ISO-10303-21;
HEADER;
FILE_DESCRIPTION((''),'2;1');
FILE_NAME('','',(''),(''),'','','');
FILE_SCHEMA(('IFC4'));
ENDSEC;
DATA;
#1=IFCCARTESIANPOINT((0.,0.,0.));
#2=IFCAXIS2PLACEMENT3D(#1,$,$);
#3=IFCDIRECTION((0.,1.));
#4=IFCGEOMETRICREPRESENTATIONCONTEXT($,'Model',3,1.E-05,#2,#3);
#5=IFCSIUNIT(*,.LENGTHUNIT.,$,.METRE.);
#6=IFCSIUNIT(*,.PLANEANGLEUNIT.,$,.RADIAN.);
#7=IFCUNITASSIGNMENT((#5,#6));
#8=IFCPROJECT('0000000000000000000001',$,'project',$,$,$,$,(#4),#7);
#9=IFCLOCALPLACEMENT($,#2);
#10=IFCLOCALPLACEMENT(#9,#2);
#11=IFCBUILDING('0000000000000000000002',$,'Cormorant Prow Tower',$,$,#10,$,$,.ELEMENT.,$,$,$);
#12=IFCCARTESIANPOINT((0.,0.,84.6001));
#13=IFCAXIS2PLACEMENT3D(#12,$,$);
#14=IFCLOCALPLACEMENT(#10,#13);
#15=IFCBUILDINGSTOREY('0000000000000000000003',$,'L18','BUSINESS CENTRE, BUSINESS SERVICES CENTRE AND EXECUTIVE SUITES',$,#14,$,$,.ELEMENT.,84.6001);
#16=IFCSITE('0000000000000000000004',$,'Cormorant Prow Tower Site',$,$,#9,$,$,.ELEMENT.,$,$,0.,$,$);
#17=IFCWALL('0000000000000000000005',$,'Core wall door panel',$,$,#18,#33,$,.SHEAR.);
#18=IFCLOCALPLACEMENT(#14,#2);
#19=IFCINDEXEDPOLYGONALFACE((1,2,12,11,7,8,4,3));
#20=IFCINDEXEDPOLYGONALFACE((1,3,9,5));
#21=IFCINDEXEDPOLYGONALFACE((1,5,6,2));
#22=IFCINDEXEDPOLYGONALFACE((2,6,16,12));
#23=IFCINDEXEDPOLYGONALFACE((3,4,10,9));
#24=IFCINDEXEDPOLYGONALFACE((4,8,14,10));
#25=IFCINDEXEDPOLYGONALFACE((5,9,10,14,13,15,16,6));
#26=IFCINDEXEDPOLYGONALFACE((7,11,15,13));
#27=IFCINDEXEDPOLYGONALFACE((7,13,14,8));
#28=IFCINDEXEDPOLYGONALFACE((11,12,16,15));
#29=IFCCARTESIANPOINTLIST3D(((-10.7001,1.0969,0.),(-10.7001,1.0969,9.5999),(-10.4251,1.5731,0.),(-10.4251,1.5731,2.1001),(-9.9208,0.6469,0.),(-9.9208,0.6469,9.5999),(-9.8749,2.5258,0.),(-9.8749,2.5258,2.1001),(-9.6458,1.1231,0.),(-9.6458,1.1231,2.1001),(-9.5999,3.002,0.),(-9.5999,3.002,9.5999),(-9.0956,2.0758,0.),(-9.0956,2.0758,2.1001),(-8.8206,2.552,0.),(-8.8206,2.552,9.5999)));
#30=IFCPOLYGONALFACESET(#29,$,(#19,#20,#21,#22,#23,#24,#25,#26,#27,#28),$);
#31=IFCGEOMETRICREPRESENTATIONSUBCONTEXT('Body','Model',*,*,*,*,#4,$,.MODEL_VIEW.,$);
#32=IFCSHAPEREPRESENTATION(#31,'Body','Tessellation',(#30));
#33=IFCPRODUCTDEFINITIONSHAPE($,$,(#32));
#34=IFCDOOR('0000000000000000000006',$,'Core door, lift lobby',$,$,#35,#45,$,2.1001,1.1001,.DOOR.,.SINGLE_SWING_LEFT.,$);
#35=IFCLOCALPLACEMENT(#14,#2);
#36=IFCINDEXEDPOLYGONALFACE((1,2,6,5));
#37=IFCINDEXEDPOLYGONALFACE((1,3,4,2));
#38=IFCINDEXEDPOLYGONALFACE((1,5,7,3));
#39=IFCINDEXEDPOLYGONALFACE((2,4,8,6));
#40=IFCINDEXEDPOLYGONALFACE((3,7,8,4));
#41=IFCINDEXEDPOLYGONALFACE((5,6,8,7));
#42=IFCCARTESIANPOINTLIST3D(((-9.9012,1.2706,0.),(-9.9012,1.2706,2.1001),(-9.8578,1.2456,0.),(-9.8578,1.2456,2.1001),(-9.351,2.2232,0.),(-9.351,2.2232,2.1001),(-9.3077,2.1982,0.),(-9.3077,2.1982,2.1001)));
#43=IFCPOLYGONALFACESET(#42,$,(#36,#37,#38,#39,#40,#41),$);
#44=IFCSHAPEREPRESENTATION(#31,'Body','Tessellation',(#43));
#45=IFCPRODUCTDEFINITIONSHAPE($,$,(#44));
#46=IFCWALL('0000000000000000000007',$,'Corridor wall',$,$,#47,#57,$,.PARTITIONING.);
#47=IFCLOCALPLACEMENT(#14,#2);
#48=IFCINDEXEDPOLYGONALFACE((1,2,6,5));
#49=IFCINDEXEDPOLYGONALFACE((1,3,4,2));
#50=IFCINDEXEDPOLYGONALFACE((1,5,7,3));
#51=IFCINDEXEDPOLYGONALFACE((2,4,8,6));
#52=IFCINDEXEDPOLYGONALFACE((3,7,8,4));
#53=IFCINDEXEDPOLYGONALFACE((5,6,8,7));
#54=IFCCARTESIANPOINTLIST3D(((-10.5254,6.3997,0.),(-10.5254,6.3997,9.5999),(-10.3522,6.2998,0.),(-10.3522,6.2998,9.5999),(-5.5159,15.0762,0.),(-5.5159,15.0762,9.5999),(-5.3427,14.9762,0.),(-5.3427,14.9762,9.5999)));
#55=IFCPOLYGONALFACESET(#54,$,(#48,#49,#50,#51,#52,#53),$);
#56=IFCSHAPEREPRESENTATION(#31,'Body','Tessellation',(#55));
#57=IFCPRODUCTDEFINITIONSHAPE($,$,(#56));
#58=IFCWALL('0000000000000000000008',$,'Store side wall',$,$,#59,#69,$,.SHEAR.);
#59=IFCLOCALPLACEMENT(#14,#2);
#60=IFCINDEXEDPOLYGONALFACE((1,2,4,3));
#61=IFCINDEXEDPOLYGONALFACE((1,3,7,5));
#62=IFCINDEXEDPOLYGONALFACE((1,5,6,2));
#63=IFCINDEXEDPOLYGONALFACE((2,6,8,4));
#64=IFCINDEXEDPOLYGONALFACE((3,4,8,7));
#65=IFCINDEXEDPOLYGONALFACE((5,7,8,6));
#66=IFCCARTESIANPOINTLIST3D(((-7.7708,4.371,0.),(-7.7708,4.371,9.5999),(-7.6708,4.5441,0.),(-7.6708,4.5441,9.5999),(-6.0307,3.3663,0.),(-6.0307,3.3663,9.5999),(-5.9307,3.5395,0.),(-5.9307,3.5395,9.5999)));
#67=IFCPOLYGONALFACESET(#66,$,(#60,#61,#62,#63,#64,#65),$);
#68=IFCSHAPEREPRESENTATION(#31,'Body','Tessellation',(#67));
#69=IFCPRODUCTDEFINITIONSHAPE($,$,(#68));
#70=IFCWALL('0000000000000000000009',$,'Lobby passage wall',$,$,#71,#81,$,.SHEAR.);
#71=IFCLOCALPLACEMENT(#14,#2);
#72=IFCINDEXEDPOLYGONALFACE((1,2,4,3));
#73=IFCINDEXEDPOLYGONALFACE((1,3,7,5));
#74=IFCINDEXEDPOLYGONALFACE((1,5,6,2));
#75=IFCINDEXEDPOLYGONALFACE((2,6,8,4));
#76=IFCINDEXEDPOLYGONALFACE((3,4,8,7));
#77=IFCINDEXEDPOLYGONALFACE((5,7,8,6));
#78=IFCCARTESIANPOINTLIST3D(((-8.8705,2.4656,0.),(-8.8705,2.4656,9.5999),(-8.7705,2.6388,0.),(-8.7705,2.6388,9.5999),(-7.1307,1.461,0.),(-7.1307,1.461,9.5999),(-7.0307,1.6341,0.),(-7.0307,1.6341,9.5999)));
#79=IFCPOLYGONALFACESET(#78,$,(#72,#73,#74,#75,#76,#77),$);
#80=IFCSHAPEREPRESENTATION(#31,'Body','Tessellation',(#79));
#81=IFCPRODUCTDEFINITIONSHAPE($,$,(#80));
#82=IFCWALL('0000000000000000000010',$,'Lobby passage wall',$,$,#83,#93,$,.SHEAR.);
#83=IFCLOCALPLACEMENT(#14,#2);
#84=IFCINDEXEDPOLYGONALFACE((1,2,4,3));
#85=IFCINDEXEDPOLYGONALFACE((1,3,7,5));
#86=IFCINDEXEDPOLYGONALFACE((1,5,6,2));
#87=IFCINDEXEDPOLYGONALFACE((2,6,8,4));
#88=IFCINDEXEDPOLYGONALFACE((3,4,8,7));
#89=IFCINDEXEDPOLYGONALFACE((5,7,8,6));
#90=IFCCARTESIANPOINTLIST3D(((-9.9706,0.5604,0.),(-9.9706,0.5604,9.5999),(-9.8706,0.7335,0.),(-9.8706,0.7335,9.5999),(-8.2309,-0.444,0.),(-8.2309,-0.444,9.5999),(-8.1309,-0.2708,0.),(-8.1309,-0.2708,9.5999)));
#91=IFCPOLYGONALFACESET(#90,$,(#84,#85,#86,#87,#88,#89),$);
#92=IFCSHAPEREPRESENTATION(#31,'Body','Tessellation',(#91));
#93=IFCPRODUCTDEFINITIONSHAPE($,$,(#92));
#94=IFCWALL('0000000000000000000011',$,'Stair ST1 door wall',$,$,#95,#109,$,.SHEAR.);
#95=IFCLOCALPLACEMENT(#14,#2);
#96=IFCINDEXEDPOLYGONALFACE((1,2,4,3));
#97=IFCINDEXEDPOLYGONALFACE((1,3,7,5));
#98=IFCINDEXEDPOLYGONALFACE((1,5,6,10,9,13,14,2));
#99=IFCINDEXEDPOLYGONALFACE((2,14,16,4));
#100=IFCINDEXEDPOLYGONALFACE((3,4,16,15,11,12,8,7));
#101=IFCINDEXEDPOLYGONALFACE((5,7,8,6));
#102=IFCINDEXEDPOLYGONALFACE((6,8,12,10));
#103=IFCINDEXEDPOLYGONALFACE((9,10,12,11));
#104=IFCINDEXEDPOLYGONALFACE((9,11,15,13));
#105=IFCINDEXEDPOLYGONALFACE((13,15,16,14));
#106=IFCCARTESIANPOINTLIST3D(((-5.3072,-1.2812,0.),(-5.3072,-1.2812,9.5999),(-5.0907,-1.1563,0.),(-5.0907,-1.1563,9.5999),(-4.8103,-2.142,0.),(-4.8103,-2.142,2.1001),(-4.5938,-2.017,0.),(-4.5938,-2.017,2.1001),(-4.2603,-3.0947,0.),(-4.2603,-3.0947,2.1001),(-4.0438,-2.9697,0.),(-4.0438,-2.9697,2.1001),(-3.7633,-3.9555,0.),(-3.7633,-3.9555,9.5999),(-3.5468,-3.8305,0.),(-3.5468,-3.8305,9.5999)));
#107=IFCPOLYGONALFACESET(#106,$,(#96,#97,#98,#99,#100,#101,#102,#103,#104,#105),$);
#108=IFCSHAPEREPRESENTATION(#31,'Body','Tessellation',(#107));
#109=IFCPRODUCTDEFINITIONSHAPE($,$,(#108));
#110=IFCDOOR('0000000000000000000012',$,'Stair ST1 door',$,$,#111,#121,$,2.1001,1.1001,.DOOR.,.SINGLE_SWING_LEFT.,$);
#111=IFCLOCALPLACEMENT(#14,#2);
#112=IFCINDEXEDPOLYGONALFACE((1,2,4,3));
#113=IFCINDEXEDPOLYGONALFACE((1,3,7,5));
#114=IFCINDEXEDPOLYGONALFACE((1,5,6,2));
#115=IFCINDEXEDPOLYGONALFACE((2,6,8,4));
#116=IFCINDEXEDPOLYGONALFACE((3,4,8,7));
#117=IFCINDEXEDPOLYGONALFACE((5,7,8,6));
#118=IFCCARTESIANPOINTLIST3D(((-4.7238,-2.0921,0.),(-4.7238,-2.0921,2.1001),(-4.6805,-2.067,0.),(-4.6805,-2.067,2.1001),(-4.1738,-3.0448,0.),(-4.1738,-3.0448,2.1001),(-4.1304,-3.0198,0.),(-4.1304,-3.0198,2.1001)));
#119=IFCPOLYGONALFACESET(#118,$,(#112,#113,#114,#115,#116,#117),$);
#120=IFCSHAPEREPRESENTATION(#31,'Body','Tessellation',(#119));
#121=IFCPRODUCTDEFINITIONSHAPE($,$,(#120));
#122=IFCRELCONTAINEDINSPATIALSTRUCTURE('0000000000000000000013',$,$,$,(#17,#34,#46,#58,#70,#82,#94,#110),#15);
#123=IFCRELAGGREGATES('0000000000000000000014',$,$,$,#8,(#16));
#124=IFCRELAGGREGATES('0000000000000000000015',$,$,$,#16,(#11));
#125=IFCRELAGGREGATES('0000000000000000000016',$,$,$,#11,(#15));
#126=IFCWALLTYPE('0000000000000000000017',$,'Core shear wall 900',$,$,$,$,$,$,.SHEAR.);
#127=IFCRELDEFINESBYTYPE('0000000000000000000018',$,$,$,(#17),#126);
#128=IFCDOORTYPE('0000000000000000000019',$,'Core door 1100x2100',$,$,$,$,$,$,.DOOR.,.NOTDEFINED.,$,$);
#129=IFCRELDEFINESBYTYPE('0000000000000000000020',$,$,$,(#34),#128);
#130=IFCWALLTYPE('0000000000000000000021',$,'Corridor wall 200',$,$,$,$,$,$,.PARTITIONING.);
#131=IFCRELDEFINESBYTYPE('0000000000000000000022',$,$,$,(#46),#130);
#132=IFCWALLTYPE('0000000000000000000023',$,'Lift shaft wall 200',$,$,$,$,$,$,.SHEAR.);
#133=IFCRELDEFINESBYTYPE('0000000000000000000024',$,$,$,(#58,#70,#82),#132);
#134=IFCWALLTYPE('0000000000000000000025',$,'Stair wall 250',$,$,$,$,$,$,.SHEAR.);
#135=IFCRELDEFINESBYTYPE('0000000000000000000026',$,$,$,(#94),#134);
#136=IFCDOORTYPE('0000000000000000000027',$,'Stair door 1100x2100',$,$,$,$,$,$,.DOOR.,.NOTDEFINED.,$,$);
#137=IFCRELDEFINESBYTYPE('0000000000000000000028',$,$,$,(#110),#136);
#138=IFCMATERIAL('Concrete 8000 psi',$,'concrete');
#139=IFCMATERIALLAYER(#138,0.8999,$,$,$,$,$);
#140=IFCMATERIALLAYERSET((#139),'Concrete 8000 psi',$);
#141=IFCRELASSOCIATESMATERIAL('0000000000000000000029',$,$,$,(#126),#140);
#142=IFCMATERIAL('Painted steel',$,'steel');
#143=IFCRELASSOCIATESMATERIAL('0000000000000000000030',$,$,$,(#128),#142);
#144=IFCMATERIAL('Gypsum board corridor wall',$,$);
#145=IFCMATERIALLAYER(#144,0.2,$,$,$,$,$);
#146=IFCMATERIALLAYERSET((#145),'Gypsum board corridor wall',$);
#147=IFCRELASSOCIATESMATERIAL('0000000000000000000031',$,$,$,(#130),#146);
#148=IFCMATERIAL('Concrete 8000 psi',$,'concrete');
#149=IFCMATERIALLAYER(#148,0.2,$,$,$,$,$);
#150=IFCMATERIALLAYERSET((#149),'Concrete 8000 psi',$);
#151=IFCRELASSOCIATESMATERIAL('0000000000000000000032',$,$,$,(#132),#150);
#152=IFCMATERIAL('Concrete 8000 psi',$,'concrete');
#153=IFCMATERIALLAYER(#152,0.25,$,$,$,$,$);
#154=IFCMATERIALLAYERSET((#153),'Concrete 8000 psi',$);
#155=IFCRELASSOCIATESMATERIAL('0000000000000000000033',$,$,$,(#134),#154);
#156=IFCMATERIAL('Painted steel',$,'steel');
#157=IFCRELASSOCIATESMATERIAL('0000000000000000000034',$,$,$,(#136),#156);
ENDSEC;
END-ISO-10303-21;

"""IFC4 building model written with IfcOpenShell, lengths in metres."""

from ifc_helpers import new_model, si_unit, direction, frame, frame_2d, origin, place, context, subcontext, project, spatial, rectangle, extrude, material, layer, layer_set, type_object, element, fill, save


model = new_model("IFC4")

# Units and contexts
model_context = context("Model", 3, precision=1e-05, world=origin(), true_north=direction((0.0, 1.0)))
body_context = subcontext(model_context, "Body", "Model", "MODEL_VIEW")
ifc_project = project(units=[si_unit("LENGTHUNIT", "METRE"), si_unit("PLANEANGLEUNIT", "RADIAN")], contexts=[model_context])

# Site, building, storey
site_placement = place(None, origin())
site = spatial("IfcSite", under=ifc_project, at=site_placement, Name="Cormorant Prow Tower Site", CompositionType="ELEMENT", RefElevation=0.0)
building_placement = place(site_placement, origin())
building = spatial("IfcBuilding", under=site, at=building_placement, Name="Cormorant Prow Tower", CompositionType="ELEMENT")
storey_placement = place(building_placement, frame((0.0, 0.0, 84.6001)))
storey = spatial("IfcBuildingStorey", under=building, at=storey_placement, Name="L18", Description="BUSINESS CENTRE, BUSINESS SERVICES CENTRE AND EXECUTIVE SUITES", CompositionType="ELEMENT", Elevation=84.6001)

# Shared definitions
ifc_material_1 = material(Name="Concrete 8000 psi", Category="concrete")
ifc_layer_1 = layer(ifc_material_1, 0.8999)
ifc_layer_set_1 = layer_set([ifc_layer_1], Name="Concrete 8000 psi")
wall_type_1 = type_object("IfcWallType", Name="Core shear wall 900", PredefinedType="SHEAR", material=ifc_layer_set_1)

# Wall, opening, door
wall_1_placement = place(storey_placement, frame((-9.2102, 2.7771, 0.0), z_axis=(0.0, 0.0, 1.0), x_axis=(-0.500078, -0.86598, 0.0)))
wall_1 = element("IfcWall", 1, at=wall_1_placement, inside=storey, type_object=wall_type_1, Name="Core wall door panel", PredefinedType="SHEAR", context=body_context, shape_type="SweptSolid", body=[
    extrude(rectangle(XDim=2.2, YDim=0.8999, at=frame_2d((1.1001, 0.0))), origin(), (0.0, 0.0, 1.0), 9.5999),
])
opening_1_placement = place(wall_1_placement, frame((0.55, 0.0, 0.0)))
opening_1 = element("IfcOpeningElement", 2, at=opening_1_placement, cuts=wall_1, PredefinedType="OPENING", context=body_context, shape_type="SweptSolid", body=[
    extrude(rectangle(XDim=1.1001, YDim=2.1001, at=frame_2d((0.55, 1.05))), frame((0.0, 0.46, 0.0), z_axis=(0.0, -1.0, 0.0), x_axis=(1.0, 0.0, 0.0)), (0.0, 0.0, 1.0), 0.9199),
])
ifc_material_2 = material(Name="Painted steel", Category="steel")
door_type_1 = type_object("IfcDoorType", Name="Core door 1100x2100", OperationType="NOTDEFINED", PredefinedType="DOOR", material=ifc_material_2)
door_1_placement = place(opening_1_placement, origin())
door_1 = element("IfcDoor", 3, at=door_1_placement, inside=storey, type_object=door_type_1, Name="Core door, lift lobby", OperationType="SINGLE_SWING_LEFT", OverallHeight=2.1001, OverallWidth=1.1001, PredefinedType="DOOR", context=body_context, shape_type="SweptSolid", body=[
    extrude(rectangle(XDim=1.1001, YDim=2.1001, at=frame_2d((0.55, 1.05))), frame((0.0, 0.2051, 0.0), z_axis=(0.0, -1.0, 0.0), x_axis=(1.0, 0.0, 0.0)), (0.0, 0.0, 1.0), 0.05),
])
fill(opening_1, door_1)

# Walls
ifc_material_3 = material(Name="Gypsum board corridor wall")
ifc_layer_2 = layer(ifc_material_3, 0.2)
ifc_layer_set_2 = layer_set([ifc_layer_2], Name="Gypsum board corridor wall")
wall_type_2 = type_object("IfcWallType", Name="Corridor wall 200", PredefinedType="PARTITIONING", material=ifc_layer_set_2)
wall_2_placement = place(storey_placement, frame((-10.4387, 6.3499, 0.0), z_axis=(0.0, 0.0, 1.0), x_axis=(0.50001, 0.86602, 0.0)))
element("IfcWall", 4, at=wall_2_placement, inside=storey, type_object=wall_type_2, Name="Corridor wall", PredefinedType="PARTITIONING", context=body_context, shape_type="SweptSolid", body=[
    extrude(rectangle(XDim=10.0188, YDim=0.2, at=frame_2d((5.0093, 0.0))), origin(), (0.0, 0.0, 1.0), 9.5999),
])
ifc_material_4 = material(Name="Concrete 8000 psi", Category="concrete")
ifc_layer_3 = layer(ifc_material_4, 0.2)
ifc_layer_set_3 = layer_set([ifc_layer_3], Name="Concrete 8000 psi")
wall_type_3 = type_object("IfcWallType", Name="Lift shaft wall 200", PredefinedType="SHEAR", material=ifc_layer_set_3)
wall_3_placement = place(storey_placement, frame((-5.9807, 3.4529, 0.0), z_axis=(0.0, 0.0, 1.0), x_axis=(-0.866014, 0.50002, 0.0)))
element("IfcWall", 5, at=wall_3_placement, inside=storey, type_object=wall_type_3, Name="Store side wall", PredefinedType="SHEAR", context=body_context, shape_type="SweptSolid", body=[
    extrude(rectangle(XDim=2.0093, YDim=0.2, at=frame_2d((1.0046, 0.0))), origin(), (0.0, 0.0, 1.0), 9.5999),
])
wall_4_placement = place(storey_placement, frame((-7.0808, 1.5476, 0.0), z_axis=(0.0, 0.0, 1.0), x_axis=(-0.865983, 0.500073, 0.0)))
element("IfcWall", 6, at=wall_4_placement, inside=storey, type_object=wall_type_3, Name="Lobby passage wall", PredefinedType="SHEAR", context=body_context, shape_type="SweptSolid", body=[
    extrude(rectangle(XDim=2.009, YDim=0.2, at=frame_2d((1.0044, 0.0))), origin(), (0.0, 0.0, 1.0), 9.5999),
])
wall_5_placement = place(storey_placement, frame((-8.1809, -0.3574, 0.0), z_axis=(0.0, 0.0, 1.0), x_axis=(-0.866036, 0.499982, 0.0)))
element("IfcWall", 7, at=wall_5_placement, inside=storey, type_object=wall_type_3, Name="Lobby passage wall", PredefinedType="SHEAR", context=body_context, shape_type="SweptSolid", body=[
    extrude(rectangle(XDim=2.0088, YDim=0.2, at=frame_2d((1.0044, 0.0))), origin(), (0.0, 0.0, 1.0), 9.5999),
])

# Wall, opening, door
ifc_material_5 = material(Name="Concrete 8000 psi", Category="concrete")
ifc_layer_4 = layer(ifc_material_5, 0.25)
ifc_layer_set_4 = layer_set([ifc_layer_4], Name="Concrete 8000 psi")
wall_type_4 = type_object("IfcWallType", Name="Stair wall 250", PredefinedType="SHEAR", material=ifc_layer_set_4)
wall_6_placement = place(storey_placement, frame((-5.199, -1.2188, 0.0), z_axis=(0.0, 0.0, 1.0), x_axis=(0.499983, -0.866035, 0.0)))
wall_6 = element("IfcWall", 8, at=wall_6_placement, inside=storey, type_object=wall_type_4, Name="Stair ST1 door wall", PredefinedType="SHEAR", context=body_context, shape_type="SweptSolid", body=[
    extrude(rectangle(XDim=3.0879, YDim=0.25, at=frame_2d((1.5439, 0.0))), origin(), (0.0, 0.0, 1.0), 9.5999),
])
opening_2_placement = place(wall_6_placement, frame((0.9939, 0.0, 0.0)))
opening_2 = element("IfcOpeningElement", 9, at=opening_2_placement, cuts=wall_6, PredefinedType="OPENING", context=body_context, shape_type="SweptSolid", body=[
    extrude(rectangle(XDim=1.1001, YDim=2.1001, at=frame_2d((0.55, 1.05))), frame((0.0, 0.135, 0.0), z_axis=(0.0, -1.0, 0.0), x_axis=(1.0, 0.0, 0.0)), (0.0, 0.0, 1.0), 0.27),
])
ifc_material_6 = material(Name="Painted steel", Category="steel")
door_type_2 = type_object("IfcDoorType", Name="Stair door 1100x2100", OperationType="NOTDEFINED", PredefinedType="DOOR", material=ifc_material_6)
door_2_placement = place(opening_2_placement, origin())
door_2 = element("IfcDoor", 10, at=door_2_placement, inside=storey, type_object=door_type_2, Name="Stair ST1 door", OperationType="SINGLE_SWING_LEFT", OverallHeight=2.1001, OverallWidth=1.1001, PredefinedType="DOOR", context=body_context, shape_type="SweptSolid", body=[
    extrude(rectangle(XDim=1.1001, YDim=2.1001, at=frame_2d((0.55, 1.05))), frame((0.0, 0.0249, 0.0), z_axis=(0.0, -1.0, 0.0), x_axis=(1.0, 0.0, 0.0)), (0.0, 0.0, 1.0), 0.05),
])
fill(opening_2, door_2)

save(model, "model.ifc")
